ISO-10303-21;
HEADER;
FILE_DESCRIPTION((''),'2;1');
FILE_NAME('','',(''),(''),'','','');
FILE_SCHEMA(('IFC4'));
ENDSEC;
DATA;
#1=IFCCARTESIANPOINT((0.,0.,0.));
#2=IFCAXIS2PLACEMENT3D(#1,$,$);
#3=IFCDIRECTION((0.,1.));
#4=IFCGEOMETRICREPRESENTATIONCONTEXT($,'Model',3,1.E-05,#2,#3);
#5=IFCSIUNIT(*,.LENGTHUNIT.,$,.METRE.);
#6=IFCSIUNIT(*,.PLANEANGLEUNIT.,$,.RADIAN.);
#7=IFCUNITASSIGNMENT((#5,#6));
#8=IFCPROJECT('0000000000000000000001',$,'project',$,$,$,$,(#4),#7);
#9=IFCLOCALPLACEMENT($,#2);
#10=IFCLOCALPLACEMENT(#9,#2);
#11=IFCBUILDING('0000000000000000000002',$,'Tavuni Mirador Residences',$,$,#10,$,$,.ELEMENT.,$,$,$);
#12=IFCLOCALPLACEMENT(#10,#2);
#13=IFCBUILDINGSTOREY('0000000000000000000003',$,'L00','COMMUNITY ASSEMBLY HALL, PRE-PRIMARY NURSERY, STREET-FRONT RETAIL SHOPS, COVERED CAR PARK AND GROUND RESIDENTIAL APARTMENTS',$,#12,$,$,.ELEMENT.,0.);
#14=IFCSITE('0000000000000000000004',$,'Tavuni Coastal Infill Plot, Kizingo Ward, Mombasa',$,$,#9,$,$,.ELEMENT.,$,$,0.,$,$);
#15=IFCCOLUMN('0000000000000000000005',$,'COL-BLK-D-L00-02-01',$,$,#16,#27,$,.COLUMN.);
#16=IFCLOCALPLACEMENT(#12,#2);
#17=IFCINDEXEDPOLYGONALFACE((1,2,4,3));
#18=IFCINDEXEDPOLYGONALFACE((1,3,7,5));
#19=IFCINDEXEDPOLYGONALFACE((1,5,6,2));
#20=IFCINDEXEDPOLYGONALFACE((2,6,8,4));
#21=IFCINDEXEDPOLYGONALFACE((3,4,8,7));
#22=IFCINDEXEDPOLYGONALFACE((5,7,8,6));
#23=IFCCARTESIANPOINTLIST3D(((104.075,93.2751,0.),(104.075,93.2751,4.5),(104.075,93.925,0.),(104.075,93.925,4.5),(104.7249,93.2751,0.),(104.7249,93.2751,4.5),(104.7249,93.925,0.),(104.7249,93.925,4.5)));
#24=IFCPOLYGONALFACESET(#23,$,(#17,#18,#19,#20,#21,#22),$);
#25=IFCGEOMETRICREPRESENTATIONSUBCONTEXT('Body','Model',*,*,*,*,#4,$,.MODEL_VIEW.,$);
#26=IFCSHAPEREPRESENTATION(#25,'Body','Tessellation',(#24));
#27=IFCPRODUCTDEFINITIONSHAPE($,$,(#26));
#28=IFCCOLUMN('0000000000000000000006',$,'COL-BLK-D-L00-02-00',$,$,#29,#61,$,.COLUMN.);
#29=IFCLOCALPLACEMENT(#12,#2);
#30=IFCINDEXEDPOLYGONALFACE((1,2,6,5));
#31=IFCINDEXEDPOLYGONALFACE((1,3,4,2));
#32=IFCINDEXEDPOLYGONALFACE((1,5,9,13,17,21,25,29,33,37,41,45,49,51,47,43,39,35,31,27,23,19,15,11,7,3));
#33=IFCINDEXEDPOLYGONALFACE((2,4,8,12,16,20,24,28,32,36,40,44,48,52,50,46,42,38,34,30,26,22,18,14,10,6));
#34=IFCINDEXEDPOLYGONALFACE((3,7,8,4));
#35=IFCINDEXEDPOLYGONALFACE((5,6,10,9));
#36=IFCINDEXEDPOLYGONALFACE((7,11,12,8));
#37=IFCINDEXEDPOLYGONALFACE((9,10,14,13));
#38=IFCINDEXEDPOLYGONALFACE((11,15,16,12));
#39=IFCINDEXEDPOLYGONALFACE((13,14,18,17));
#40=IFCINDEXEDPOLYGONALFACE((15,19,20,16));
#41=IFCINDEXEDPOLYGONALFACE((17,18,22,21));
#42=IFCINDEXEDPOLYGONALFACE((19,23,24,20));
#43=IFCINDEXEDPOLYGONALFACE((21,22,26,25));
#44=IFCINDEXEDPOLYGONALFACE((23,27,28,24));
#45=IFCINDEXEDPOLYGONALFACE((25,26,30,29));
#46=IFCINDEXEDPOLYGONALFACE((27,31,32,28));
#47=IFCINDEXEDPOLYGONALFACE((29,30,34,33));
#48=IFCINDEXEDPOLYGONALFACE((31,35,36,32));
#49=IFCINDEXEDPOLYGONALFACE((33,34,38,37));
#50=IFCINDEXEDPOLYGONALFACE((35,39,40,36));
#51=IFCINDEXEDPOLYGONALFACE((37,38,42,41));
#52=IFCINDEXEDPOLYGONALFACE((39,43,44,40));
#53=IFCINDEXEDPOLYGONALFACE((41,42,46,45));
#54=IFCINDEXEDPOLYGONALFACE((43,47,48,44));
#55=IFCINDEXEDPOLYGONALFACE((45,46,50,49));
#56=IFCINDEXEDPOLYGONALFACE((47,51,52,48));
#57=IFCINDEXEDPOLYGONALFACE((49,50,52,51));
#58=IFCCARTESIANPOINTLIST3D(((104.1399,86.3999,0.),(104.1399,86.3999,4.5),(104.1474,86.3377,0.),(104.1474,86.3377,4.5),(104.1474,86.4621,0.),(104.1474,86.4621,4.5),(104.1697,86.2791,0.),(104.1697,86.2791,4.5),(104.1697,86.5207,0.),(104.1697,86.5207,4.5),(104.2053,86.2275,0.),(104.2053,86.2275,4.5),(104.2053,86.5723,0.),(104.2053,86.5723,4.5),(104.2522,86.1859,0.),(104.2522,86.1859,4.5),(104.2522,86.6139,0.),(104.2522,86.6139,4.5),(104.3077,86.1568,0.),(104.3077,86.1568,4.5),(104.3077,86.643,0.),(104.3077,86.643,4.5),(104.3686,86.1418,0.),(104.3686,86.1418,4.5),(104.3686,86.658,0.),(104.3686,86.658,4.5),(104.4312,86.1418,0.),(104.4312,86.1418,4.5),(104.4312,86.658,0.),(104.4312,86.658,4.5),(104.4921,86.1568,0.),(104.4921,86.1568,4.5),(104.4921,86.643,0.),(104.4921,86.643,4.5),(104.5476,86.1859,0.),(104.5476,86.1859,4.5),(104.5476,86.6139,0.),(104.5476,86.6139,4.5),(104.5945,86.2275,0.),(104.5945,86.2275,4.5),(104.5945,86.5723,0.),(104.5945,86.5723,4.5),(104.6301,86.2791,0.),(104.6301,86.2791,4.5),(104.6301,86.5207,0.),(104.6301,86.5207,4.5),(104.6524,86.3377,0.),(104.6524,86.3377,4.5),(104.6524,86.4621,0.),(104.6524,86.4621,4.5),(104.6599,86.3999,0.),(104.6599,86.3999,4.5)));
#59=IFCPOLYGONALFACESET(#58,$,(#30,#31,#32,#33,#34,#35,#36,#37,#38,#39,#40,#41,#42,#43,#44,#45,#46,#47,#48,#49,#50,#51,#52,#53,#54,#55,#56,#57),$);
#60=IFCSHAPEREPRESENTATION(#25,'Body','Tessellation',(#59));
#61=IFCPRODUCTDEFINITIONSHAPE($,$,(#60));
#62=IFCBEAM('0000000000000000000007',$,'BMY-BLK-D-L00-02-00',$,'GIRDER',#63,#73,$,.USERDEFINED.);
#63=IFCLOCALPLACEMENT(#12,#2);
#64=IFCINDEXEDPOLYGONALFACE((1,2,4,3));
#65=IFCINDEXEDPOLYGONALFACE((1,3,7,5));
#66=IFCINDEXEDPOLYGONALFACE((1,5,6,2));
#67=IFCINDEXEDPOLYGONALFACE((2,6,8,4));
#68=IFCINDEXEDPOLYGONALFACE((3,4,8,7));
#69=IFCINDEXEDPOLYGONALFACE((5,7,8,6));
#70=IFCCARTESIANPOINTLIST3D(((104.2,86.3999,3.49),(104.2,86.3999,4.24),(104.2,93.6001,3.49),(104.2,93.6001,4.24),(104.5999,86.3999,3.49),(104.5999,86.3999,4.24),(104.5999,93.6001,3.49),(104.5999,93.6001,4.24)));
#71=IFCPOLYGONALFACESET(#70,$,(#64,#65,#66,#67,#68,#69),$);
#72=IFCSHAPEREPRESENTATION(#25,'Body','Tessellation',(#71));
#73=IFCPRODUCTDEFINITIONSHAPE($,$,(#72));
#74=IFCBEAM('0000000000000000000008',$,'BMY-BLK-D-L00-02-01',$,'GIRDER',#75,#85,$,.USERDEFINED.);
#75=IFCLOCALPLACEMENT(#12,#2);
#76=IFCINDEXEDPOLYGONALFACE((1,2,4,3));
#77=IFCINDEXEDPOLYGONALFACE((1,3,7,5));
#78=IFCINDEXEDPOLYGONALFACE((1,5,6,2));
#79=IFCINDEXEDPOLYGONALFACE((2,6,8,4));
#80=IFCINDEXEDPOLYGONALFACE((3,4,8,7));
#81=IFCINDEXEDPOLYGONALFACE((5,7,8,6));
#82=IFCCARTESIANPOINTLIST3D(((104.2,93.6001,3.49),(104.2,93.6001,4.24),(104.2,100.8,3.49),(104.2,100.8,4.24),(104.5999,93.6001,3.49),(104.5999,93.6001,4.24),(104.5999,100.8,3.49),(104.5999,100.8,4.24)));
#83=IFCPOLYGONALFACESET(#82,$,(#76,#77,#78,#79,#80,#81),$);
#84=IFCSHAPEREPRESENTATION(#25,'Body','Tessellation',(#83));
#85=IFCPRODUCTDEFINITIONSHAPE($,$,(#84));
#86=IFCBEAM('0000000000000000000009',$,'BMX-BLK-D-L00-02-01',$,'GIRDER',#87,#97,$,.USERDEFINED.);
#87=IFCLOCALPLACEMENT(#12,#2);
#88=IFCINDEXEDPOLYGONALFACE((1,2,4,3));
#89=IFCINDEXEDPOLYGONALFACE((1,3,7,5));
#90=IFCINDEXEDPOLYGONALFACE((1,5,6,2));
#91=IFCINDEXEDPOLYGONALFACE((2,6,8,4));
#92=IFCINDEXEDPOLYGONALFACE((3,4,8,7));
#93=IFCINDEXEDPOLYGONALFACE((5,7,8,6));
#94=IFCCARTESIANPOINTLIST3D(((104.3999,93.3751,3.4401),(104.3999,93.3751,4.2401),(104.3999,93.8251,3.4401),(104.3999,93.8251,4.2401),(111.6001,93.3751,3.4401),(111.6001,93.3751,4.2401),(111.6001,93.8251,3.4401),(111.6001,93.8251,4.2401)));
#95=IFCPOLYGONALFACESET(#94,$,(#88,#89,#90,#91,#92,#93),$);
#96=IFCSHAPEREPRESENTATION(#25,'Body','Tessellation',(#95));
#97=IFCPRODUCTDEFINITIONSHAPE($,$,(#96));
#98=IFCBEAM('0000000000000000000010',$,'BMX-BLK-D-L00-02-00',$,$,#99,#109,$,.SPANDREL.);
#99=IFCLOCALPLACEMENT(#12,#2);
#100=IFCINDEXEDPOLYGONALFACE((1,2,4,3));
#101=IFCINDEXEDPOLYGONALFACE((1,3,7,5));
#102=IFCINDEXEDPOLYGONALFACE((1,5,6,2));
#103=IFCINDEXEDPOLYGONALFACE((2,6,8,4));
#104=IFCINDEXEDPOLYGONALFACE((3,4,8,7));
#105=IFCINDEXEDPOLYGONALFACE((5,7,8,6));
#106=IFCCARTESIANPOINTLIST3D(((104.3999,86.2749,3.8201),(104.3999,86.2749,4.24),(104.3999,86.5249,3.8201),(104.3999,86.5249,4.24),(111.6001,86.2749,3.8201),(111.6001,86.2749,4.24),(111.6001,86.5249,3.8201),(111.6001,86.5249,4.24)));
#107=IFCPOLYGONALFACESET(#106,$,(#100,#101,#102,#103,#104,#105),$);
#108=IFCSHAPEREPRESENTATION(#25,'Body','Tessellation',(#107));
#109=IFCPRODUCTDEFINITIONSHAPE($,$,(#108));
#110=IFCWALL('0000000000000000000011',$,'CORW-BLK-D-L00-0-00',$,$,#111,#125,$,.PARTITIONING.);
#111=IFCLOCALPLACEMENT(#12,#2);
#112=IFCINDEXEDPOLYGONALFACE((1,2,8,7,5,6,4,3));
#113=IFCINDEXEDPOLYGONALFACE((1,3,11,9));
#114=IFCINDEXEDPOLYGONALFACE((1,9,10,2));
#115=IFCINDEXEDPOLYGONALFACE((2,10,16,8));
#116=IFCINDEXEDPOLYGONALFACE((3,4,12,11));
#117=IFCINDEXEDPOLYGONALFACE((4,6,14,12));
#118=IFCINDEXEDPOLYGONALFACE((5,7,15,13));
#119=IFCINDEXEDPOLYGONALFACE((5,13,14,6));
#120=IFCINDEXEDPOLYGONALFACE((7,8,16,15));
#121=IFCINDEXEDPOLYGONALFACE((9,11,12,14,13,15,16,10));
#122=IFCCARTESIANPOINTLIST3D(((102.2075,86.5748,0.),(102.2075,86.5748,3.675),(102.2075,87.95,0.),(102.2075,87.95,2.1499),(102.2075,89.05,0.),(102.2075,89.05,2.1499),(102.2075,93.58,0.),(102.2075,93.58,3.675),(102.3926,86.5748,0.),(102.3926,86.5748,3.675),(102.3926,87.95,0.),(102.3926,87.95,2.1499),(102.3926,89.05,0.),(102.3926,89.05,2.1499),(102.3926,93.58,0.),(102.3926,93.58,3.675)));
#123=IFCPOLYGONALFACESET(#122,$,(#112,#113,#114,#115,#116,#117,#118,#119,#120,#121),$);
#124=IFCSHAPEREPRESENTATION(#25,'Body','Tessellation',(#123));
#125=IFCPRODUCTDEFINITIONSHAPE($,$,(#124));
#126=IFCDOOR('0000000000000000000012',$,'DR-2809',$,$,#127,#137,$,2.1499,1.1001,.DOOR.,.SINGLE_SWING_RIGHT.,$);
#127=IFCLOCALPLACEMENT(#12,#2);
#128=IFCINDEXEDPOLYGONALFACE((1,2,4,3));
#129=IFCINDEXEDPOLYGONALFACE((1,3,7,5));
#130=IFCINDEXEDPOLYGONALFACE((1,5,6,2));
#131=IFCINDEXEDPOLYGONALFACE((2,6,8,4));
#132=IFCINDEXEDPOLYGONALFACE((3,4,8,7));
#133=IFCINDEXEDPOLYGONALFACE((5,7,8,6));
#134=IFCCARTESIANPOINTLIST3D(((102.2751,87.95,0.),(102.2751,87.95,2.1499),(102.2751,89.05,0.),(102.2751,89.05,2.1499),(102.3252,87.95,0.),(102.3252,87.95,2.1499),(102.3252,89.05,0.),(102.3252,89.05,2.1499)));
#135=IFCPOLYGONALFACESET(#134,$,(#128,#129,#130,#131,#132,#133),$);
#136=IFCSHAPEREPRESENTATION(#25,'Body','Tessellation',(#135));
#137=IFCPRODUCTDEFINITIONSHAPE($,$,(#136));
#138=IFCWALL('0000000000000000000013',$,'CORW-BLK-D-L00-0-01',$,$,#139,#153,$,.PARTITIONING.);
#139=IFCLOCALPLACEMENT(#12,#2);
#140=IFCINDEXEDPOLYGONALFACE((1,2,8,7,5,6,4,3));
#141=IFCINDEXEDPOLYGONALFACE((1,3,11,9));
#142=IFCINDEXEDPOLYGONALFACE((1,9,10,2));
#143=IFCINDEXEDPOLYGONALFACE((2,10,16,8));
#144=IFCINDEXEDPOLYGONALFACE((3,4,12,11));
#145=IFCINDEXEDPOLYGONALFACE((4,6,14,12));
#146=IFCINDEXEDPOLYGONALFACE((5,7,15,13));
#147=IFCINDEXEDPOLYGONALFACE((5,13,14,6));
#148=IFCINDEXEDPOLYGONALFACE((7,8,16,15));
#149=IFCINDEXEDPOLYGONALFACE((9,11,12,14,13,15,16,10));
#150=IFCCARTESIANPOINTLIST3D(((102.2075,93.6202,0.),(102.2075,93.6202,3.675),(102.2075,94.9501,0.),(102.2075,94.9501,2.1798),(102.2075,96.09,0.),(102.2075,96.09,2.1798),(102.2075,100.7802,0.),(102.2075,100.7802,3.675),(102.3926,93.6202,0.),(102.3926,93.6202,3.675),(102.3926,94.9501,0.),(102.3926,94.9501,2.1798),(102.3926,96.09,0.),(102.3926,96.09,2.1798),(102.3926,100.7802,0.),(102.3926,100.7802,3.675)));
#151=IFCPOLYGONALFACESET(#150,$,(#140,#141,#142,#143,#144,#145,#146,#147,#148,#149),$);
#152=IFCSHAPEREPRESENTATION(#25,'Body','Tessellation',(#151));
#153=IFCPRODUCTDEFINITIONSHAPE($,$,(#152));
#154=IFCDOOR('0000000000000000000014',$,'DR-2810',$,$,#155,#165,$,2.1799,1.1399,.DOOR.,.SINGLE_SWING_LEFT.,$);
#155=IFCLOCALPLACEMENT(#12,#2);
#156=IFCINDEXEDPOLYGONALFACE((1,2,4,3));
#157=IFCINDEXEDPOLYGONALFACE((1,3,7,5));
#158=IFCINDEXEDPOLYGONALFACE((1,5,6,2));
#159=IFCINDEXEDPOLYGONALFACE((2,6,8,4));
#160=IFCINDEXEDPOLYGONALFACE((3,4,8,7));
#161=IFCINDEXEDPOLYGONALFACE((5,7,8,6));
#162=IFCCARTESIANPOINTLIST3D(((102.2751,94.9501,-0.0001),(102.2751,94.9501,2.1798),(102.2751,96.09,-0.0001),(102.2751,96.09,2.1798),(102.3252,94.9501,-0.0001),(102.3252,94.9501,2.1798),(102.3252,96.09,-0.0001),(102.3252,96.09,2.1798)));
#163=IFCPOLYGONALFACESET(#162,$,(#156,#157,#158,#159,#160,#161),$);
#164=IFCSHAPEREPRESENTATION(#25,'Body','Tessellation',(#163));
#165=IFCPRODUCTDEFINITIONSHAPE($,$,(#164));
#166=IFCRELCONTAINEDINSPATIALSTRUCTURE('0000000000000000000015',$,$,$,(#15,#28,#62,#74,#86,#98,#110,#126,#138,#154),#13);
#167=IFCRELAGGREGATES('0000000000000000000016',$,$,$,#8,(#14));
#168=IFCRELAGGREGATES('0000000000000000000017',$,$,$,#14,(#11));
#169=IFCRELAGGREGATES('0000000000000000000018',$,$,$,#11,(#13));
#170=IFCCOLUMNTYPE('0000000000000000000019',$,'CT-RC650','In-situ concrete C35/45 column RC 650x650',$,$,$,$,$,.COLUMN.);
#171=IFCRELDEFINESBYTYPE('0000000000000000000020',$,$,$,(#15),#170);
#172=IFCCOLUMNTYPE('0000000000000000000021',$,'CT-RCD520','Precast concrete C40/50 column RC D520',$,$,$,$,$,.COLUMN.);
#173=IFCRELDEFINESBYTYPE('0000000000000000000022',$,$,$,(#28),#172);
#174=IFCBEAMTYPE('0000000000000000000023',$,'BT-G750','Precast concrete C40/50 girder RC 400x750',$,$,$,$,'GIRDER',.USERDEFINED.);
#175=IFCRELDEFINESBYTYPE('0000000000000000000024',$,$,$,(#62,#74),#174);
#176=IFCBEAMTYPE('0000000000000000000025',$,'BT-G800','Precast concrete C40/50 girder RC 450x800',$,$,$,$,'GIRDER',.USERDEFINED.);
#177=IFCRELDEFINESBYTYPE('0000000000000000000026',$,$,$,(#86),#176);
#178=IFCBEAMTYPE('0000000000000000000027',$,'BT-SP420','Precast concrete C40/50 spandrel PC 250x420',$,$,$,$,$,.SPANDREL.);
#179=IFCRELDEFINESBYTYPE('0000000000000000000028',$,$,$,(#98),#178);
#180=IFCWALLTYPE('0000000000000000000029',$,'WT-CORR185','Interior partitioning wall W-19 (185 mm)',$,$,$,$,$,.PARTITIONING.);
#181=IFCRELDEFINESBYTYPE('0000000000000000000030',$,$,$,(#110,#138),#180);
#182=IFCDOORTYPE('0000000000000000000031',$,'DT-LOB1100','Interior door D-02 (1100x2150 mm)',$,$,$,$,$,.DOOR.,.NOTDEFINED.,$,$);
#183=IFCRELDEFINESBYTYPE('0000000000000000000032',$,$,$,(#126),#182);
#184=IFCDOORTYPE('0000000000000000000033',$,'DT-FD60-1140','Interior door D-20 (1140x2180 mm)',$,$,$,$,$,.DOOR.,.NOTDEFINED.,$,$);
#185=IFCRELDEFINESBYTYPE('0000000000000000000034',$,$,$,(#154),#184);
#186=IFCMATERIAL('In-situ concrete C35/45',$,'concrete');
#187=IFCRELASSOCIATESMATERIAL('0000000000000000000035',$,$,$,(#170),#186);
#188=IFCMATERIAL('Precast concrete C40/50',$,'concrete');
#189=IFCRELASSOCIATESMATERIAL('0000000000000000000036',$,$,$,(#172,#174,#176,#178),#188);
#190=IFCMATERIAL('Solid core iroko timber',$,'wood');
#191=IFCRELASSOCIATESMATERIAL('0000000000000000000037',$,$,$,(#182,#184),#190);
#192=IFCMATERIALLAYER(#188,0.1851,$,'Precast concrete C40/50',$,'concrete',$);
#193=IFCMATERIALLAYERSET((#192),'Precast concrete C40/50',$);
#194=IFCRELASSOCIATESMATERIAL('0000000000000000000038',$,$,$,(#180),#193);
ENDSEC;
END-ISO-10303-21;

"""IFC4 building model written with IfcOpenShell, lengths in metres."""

from ifc_helpers import new_model, si_unit, direction, frame, frame_2d, origin, origin_2d, place, context, subcontext, project, spatial, rectangle, circle, extrude, material, layer, layer_set, material_profile, profile_set, type_object, element, fill, save


model = new_model("IFC4")

# Units and contexts
model_context = context("Model", 3, precision=1e-05, world=origin(), true_north=direction((0.0, 1.0)))
body_context = subcontext(model_context, "Body", "Model", "MODEL_VIEW")
ifc_project = project(units=[si_unit("LENGTHUNIT", "METRE"), si_unit("PLANEANGLEUNIT", "RADIAN")], contexts=[model_context])

# Site, building, storey
site_placement = place(None, origin())
site = spatial("IfcSite", under=ifc_project, at=site_placement, Name="Tavuni Coastal Infill Plot, Kizingo Ward, Mombasa", CompositionType="ELEMENT", RefElevation=0.0)
building_placement = place(site_placement, origin())
building = spatial("IfcBuilding", under=site, at=building_placement, Name="Tavuni Mirador Residences", CompositionType="ELEMENT")
storey_placement = place(building_placement, origin())
storey = spatial("IfcBuildingStorey", under=building, at=storey_placement, Name="L00", Description="COMMUNITY ASSEMBLY HALL, PRE-PRIMARY NURSERY, STREET-FRONT RETAIL SHOPS, COVERED CAR PARK AND GROUND RESIDENTIAL APARTMENTS", CompositionType="ELEMENT", Elevation=0.0)

# Columns
ifc_material_1 = material(Name="In-situ concrete C35/45", Category="concrete")
ifc_material_profile_1 = material_profile(ifc_material_1, rectangle(XDim=0.6499, YDim=0.6499, at=origin_2d()), Name="RC 650x650", Category="concrete")
ifc_profile_set_1 = profile_set([ifc_material_profile_1], Name="In-situ concrete C35/45")
column_type_1 = type_object("IfcColumnType", Name="CT-RC650", Description="In-situ concrete C35/45 column RC 650x650", PredefinedType="COLUMN", material=ifc_profile_set_1)
column_1_placement = place(storey_placement, frame((104.3999, 93.6001, 0.0), z_axis=(0.0, 0.0, 1.0), x_axis=(1.0, 0.0, 0.0)))
element("IfcColumn", 1, at=column_1_placement, inside=storey, type_object=column_type_1, Name="COL-BLK-D-L00-02-01", PredefinedType="COLUMN", context=body_context, shape_type="SweptSolid", body=[
    extrude(rectangle(XDim=0.6499, YDim=0.6499, at=origin_2d()), origin(), (0.0, 0.0, 1.0), 4.5),
])
ifc_material_2 = material(Name="Precast concrete C40/50", Category="concrete")
ifc_material_profile_2 = material_profile(ifc_material_2, circle(Radius=0.26, at=origin_2d()), Name="RC D520", Category="concrete")
ifc_profile_set_2 = profile_set([ifc_material_profile_2], Name="Precast concrete C40/50")
column_type_2 = type_object("IfcColumnType", Name="CT-RCD520", Description="Precast concrete C40/50 column RC D520", PredefinedType="COLUMN", material=ifc_profile_set_2)
column_2_placement = place(storey_placement, frame((104.3999, 86.3999, 0.0), z_axis=(0.0, 0.0, 1.0), x_axis=(1.0, 0.0, 0.0)))
element("IfcColumn", 2, at=column_2_placement, inside=storey, type_object=column_type_2, Name="COL-BLK-D-L00-02-00", PredefinedType="COLUMN", context=body_context, shape_type="SweptSolid", body=[
    extrude(circle(Radius=0.26, at=origin_2d()), origin(), (0.0, 0.0, 1.0), 4.5),
])

# Beams
ifc_material_profile_3 = material_profile(ifc_material_2, rectangle(XDim=0.3999, YDim=0.75, at=origin_2d()), Name="RC 400x750", Category="concrete")
ifc_profile_set_3 = profile_set([ifc_material_profile_3], Name="Precast concrete C40/50")
beam_type_1 = type_object("IfcBeamType", Name="BT-G750", Description="Precast concrete C40/50 girder RC 400x750", ElementType="GIRDER", PredefinedType="USERDEFINED", material=ifc_profile_set_3)
beam_1_placement = place(storey_placement, frame((104.3999, 86.3999, 3.865), z_axis=(0.0, 1.0, 0.0), x_axis=(-1.0, 0.0, 0.0)))
element("IfcBeam", 3, at=beam_1_placement, inside=storey, type_object=beam_type_1, Name="BMY-BLK-D-L00-02-00", ObjectType="GIRDER", PredefinedType="USERDEFINED", context=body_context, shape_type="SweptSolid", body=[
    extrude(rectangle(XDim=0.3999, YDim=0.75, at=origin_2d()), origin(), (0.0, 0.0, 1.0), 7.2002),
])
beam_2_placement = place(storey_placement, frame((104.3999, 93.6001, 3.865), z_axis=(0.0, 1.0, 0.0), x_axis=(-1.0, 0.0, 0.0)))
element("IfcBeam", 4, at=beam_2_placement, inside=storey, type_object=beam_type_1, Name="BMY-BLK-D-L00-02-01", ObjectType="GIRDER", PredefinedType="USERDEFINED", context=body_context, shape_type="SweptSolid", body=[
    extrude(rectangle(XDim=0.3999, YDim=0.75, at=origin_2d()), origin(), (0.0, 0.0, 1.0), 7.2),
])
ifc_material_profile_4 = material_profile(ifc_material_2, rectangle(XDim=0.45, YDim=0.8, at=origin_2d()), Name="RC 450x800", Category="concrete")
ifc_profile_set_4 = profile_set([ifc_material_profile_4], Name="Precast concrete C40/50")
beam_type_2 = type_object("IfcBeamType", Name="BT-G800", Description="Precast concrete C40/50 girder RC 450x800", ElementType="GIRDER", PredefinedType="USERDEFINED", material=ifc_profile_set_4)
beam_3_placement = place(storey_placement, frame((104.3999, 93.6001, 3.8401), z_axis=(1.0, 0.0, 0.0), x_axis=(0.0, 1.0, 0.0)))
element("IfcBeam", 5, at=beam_3_placement, inside=storey, type_object=beam_type_2, Name="BMX-BLK-D-L00-02-01", ObjectType="GIRDER", PredefinedType="USERDEFINED", context=body_context, shape_type="SweptSolid", body=[
    extrude(rectangle(XDim=0.45, YDim=0.8, at=origin_2d()), origin(), (0.0, 0.0, 1.0), 7.2002),
])
ifc_material_profile_5 = material_profile(ifc_material_2, rectangle(XDim=0.25, YDim=0.4199, at=origin_2d()), Name="PC 250x420", Category="concrete")
ifc_profile_set_5 = profile_set([ifc_material_profile_5], Name="Precast concrete C40/50")
beam_type_3 = type_object("IfcBeamType", Name="BT-SP420", Description="Precast concrete C40/50 spandrel PC 250x420", PredefinedType="SPANDREL", material=ifc_profile_set_5)
beam_4_placement = place(storey_placement, frame((104.3999, 86.3999, 4.03), z_axis=(1.0, 0.0, 0.0), x_axis=(0.0, 1.0, 0.0)))
element("IfcBeam", 6, at=beam_4_placement, inside=storey, type_object=beam_type_3, Name="BMX-BLK-D-L00-02-00", PredefinedType="SPANDREL", context=body_context, shape_type="SweptSolid", body=[
    extrude(rectangle(XDim=0.25, YDim=0.4199, at=origin_2d()), origin(), (0.0, 0.0, 1.0), 7.2002),
])

# Walls, openings, doors
ifc_material_3 = material(Name="Solid core iroko timber", Category="wood")
door_type_1 = type_object("IfcDoorType", Name="DT-LOB1100", Description="Interior door D-02 (1100x2150 mm)", OperationType="NOTDEFINED", PredefinedType="DOOR", material=ifc_material_3)
ifc_layer_1 = layer(ifc_material_2, 0.1851, Name="Precast concrete C40/50", Category="concrete")
ifc_layer_set_1 = layer_set([ifc_layer_1], Name="Precast concrete C40/50")
wall_type_1 = type_object("IfcWallType", Name="WT-CORR185", Description="Interior partitioning wall W-19 (185 mm)", PredefinedType="PARTITIONING", material=ifc_layer_set_1)
wall_1_placement = place(storey_placement, frame((102.3, 86.575, 0.0), z_axis=(0.0, 0.0, 1.0), x_axis=(0.0, 1.0, 0.0)))
wall_1 = element("IfcWall", 7, at=wall_1_placement, inside=storey, type_object=wall_type_1, Name="CORW-BLK-D-L00-0-00", PredefinedType="PARTITIONING", context=body_context, shape_type="SweptSolid", body=[
    extrude(rectangle(XDim=7.0051, YDim=0.1851, at=frame_2d((3.5024, 0.0))), origin(), (0.0, 0.0, 1.0), 3.675),
])
opening_1_placement = place(wall_1_placement, frame((1.375, 0.0, 0.0)))
opening_1 = element("IfcOpeningElement", 8, at=opening_1_placement, cuts=wall_1, PredefinedType="OPENING", context=body_context, shape_type="SweptSolid", body=[
    extrude(rectangle(XDim=1.1001, YDim=2.1499, at=frame_2d((0.55, 1.075))), frame((0.0, 0.1025, 0.0), z_axis=(0.0, -1.0, 0.0), x_axis=(1.0, 0.0, 0.0)), (0.0, 0.0, 1.0), 0.2051),
])
door_1_placement = place(opening_1_placement, origin())
door_1 = element("IfcDoor", 9, at=door_1_placement, inside=storey, type_object=door_type_1, Name="DR-2809", OperationType="SINGLE_SWING_RIGHT", OverallHeight=2.1499, OverallWidth=1.1001, PredefinedType="DOOR", context=body_context, shape_type="SweptSolid", body=[
    extrude(rectangle(XDim=1.1001, YDim=2.1499, at=frame_2d((0.55, 1.075))), frame((0.0, 0.0249, 0.0), z_axis=(0.0, -1.0, 0.0), x_axis=(1.0, 0.0, 0.0)), (0.0, 0.0, 1.0), 0.05),
])
fill(opening_1, door_1)
wall_2_placement = place(storey_placement, frame((102.3, 93.6201, 0.0), z_axis=(0.0, 0.0, 1.0), x_axis=(0.0, 1.0, 0.0)))
wall_2 = element("IfcWall", 10, at=wall_2_placement, inside=storey, type_object=wall_type_1, Name="CORW-BLK-D-L00-0-01", PredefinedType="PARTITIONING", context=body_context, shape_type="SweptSolid", body=[
    extrude(rectangle(XDim=7.1599, YDim=0.1851, at=frame_2d((3.5801, 0.0))), origin(), (0.0, 0.0, 1.0), 3.675),
])
opening_2_placement = place(wall_2_placement, frame((1.3301, 0.0, 0.0)))
opening_2 = element("IfcOpeningElement", 11, at=opening_2_placement, cuts=wall_2, PredefinedType="OPENING", context=body_context, shape_type="SweptSolid", body=[
    extrude(rectangle(XDim=1.1399, YDim=2.1799, at=frame_2d((0.5698, 1.0898))), frame((0.0, 0.1025, 0.0), z_axis=(0.0, -1.0, 0.0), x_axis=(1.0, 0.0, 0.0)), (0.0, 0.0, 1.0), 0.2051),
])
door_type_2 = type_object("IfcDoorType", Name="DT-FD60-1140", Description="Interior door D-20 (1140x2180 mm)", OperationType="NOTDEFINED", PredefinedType="DOOR", material=ifc_material_3)
door_2_placement = place(opening_2_placement, origin())
door_2 = element("IfcDoor", 12, at=door_2_placement, inside=storey, type_object=door_type_2, Name="DR-2810", OperationType="SINGLE_SWING_LEFT", OverallHeight=2.1799, OverallWidth=1.1399, PredefinedType="DOOR", context=body_context, shape_type="SweptSolid", body=[
    extrude(rectangle(XDim=1.1399, YDim=2.1799, at=frame_2d((0.5698, 1.0898))), frame((0.0, 0.0249, 0.0), z_axis=(0.0, -1.0, 0.0), x_axis=(1.0, 0.0, 0.0)), (0.0, 0.0, 1.0), 0.05),
])
fill(opening_2, door_2)

save(model, "model.ifc")
